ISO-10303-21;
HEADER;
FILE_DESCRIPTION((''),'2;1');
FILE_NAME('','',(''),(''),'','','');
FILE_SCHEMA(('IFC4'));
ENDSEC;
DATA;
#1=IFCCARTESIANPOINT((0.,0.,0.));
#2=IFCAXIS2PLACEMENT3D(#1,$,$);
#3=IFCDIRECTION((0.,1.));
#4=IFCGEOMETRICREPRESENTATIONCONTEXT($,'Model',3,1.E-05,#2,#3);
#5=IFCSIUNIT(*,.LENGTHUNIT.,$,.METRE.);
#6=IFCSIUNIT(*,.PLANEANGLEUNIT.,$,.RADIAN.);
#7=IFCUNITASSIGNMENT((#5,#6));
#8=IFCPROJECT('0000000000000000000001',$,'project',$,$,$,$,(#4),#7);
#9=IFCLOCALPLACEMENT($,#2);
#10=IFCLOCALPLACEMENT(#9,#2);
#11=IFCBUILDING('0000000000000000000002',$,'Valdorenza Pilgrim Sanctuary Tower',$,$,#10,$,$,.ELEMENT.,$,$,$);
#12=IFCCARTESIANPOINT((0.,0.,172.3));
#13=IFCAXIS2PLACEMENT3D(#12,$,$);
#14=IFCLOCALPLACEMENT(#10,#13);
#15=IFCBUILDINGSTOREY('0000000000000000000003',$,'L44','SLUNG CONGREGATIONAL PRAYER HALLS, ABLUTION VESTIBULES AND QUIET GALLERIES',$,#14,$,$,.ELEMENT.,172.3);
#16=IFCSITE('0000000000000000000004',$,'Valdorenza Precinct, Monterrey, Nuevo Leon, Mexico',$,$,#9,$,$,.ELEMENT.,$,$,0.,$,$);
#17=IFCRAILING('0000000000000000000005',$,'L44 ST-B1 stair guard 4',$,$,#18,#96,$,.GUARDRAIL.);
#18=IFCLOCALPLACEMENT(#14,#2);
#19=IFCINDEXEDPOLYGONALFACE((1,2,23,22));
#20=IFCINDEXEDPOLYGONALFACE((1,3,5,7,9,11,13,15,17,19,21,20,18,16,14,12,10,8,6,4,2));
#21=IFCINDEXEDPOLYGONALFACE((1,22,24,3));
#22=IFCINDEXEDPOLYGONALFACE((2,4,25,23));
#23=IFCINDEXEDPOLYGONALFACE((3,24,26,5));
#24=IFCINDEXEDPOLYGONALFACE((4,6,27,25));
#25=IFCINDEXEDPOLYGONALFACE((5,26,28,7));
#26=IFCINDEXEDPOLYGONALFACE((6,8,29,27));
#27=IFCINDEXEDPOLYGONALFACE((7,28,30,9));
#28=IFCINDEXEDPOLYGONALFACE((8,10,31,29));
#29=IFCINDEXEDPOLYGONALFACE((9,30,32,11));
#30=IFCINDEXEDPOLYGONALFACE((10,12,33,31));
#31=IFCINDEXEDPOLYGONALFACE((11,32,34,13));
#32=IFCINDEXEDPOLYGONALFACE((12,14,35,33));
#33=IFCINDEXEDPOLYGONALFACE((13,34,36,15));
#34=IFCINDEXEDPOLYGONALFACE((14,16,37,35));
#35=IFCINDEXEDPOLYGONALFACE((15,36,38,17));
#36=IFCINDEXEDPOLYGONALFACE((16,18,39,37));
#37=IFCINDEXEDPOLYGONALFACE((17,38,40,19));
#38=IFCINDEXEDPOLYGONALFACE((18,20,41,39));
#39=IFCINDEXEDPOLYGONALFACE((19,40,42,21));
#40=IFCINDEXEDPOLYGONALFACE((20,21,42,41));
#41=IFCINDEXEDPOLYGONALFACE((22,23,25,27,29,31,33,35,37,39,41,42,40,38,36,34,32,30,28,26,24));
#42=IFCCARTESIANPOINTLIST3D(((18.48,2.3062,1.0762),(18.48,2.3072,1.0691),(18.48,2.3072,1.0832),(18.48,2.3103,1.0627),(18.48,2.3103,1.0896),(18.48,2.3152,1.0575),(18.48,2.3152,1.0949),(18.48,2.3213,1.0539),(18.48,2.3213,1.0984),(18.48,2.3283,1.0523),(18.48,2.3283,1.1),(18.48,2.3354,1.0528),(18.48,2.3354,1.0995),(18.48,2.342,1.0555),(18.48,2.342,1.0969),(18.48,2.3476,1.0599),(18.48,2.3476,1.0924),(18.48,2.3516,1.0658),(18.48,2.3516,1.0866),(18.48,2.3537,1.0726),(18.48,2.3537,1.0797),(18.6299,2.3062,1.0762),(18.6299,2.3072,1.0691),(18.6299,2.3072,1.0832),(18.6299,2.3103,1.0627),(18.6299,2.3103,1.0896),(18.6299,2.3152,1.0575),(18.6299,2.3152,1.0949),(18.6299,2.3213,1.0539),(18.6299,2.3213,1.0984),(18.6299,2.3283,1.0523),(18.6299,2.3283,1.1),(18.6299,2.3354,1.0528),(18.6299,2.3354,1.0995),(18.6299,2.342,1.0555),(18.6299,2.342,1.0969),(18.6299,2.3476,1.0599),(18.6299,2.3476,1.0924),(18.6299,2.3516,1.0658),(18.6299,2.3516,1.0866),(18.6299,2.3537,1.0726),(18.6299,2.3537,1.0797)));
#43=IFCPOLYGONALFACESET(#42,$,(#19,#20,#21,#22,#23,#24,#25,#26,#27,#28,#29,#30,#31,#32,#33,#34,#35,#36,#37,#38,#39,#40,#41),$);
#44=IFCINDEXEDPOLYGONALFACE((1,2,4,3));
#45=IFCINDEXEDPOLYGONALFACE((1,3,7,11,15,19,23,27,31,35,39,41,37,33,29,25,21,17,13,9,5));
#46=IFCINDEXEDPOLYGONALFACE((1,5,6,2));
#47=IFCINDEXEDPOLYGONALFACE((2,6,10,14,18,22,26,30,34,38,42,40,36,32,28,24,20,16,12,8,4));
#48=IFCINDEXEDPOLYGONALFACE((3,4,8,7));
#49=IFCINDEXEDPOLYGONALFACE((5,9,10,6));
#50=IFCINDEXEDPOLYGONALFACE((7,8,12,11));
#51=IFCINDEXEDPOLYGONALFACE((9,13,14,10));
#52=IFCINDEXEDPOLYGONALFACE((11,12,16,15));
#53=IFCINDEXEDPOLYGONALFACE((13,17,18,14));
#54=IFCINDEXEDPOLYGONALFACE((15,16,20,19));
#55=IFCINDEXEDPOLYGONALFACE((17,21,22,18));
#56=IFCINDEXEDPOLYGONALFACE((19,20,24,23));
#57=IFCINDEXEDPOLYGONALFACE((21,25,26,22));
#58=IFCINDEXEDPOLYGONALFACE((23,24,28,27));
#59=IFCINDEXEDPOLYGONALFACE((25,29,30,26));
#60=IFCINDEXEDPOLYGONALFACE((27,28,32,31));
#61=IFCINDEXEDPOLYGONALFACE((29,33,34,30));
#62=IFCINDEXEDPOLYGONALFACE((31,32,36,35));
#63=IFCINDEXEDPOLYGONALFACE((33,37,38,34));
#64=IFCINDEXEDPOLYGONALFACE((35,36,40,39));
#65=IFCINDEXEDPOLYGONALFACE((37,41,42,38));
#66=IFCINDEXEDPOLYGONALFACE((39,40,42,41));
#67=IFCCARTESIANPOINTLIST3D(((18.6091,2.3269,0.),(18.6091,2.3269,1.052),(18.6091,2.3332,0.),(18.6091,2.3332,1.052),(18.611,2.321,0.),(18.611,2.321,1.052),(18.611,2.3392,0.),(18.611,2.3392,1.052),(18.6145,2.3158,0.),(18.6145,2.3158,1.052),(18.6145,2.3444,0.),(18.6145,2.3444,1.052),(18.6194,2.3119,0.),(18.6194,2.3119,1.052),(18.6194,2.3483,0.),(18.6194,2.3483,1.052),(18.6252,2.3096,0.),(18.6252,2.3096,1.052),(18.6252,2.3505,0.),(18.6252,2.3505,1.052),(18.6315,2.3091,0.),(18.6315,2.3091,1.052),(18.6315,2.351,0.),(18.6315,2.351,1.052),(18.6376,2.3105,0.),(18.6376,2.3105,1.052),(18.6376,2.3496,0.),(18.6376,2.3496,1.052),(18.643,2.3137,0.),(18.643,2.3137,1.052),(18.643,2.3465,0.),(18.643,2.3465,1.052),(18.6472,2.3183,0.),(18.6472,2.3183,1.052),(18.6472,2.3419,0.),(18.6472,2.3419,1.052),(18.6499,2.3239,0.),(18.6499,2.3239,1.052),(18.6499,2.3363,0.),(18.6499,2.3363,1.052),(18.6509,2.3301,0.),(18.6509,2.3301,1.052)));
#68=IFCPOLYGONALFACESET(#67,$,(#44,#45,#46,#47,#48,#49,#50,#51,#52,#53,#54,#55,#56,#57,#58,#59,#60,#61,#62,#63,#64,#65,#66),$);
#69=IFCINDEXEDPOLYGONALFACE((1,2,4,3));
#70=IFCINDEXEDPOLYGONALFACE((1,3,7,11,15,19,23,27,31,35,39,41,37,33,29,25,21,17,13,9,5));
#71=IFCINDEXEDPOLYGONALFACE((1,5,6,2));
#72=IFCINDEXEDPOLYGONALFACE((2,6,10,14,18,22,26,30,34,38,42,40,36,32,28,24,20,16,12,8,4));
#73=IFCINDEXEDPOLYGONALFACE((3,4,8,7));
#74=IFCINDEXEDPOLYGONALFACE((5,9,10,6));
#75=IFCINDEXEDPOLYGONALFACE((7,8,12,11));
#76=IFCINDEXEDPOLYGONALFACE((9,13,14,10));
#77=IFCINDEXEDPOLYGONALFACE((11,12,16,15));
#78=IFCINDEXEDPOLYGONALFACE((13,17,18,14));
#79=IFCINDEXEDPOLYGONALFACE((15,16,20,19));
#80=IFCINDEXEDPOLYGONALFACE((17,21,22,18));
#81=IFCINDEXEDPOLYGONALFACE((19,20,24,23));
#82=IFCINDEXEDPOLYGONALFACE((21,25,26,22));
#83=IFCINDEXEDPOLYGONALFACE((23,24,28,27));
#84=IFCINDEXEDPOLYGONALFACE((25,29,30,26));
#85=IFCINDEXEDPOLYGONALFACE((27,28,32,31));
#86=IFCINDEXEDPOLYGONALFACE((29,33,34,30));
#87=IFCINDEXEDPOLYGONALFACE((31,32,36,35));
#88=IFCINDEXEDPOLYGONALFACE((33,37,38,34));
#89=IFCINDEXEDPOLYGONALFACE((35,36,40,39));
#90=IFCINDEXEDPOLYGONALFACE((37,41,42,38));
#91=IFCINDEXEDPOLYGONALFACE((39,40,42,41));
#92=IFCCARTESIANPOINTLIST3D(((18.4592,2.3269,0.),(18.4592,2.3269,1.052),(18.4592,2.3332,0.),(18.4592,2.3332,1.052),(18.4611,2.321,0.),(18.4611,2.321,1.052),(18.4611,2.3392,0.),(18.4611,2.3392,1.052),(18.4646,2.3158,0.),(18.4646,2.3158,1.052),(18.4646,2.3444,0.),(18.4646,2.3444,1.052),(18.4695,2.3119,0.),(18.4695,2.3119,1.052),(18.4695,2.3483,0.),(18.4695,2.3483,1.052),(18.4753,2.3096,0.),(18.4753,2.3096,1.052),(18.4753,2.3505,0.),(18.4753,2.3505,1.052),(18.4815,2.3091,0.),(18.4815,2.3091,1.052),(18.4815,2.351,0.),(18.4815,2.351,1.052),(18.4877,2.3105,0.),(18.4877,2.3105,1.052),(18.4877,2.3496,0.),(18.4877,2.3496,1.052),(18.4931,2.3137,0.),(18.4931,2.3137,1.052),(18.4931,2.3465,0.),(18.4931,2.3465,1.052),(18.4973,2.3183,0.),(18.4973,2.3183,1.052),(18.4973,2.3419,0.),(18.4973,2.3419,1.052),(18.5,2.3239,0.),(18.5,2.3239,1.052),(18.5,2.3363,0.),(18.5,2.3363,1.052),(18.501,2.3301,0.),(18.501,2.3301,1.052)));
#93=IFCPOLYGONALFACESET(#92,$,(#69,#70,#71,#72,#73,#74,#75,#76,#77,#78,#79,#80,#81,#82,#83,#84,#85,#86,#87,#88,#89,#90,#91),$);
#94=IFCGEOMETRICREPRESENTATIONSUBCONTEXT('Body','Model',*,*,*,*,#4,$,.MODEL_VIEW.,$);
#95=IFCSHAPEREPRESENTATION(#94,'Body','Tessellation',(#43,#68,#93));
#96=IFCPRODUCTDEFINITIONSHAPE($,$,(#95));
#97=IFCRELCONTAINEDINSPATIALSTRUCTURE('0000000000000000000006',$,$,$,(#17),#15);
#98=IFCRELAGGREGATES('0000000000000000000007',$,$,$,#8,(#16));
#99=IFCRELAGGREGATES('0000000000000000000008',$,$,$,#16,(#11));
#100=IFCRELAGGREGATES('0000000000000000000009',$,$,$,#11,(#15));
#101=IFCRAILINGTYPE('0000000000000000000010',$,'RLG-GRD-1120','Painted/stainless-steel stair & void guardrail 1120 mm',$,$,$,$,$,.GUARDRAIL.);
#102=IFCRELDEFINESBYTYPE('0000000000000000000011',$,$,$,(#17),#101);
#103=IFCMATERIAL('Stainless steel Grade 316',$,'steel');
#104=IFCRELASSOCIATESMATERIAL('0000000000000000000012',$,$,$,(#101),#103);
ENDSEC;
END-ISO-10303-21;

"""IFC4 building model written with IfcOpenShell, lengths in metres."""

from ifc_helpers import new_model, si_unit, direction, frame, origin, origin_2d, place, context, subcontext, project, spatial, circle, extrude, material, type_object, element, save


model = new_model("IFC4")

# Units and contexts
model_context = context("Model", 3, precision=1e-05, world=origin(), true_north=direction((0.0, 1.0)))
body_context = subcontext(model_context, "Body", "Model", "MODEL_VIEW")
ifc_project = project(units=[si_unit("LENGTHUNIT", "METRE"), si_unit("PLANEANGLEUNIT", "RADIAN")], contexts=[model_context])

# Site, building, storey
site_placement = place(None, origin())
site = spatial("IfcSite", under=ifc_project, at=site_placement, Name="Valdorenza Precinct, Monterrey, Nuevo Leon, Mexico", CompositionType="ELEMENT", RefElevation=0.0)
building_placement = place(site_placement, origin())
building = spatial("IfcBuilding", under=site, at=building_placement, Name="Valdorenza Pilgrim Sanctuary Tower", CompositionType="ELEMENT")
storey_placement = place(building_placement, frame((0.0, 0.0, 172.3)))
storey = spatial("IfcBuildingStorey", under=building, at=storey_placement, Name="L44", Description="SLUNG CONGREGATIONAL PRAYER HALLS, ABLUTION VESTIBULES AND QUIET GALLERIES", CompositionType="ELEMENT", Elevation=172.3)

# Railing
ifc_material_1 = material(Name="Stainless steel Grade 316", Category="steel")
railing_type_1 = type_object("IfcRailingType", Name="RLG-GRD-1120", Description="Painted/stainless-steel stair & void guardrail 1120 mm", PredefinedType="GUARDRAIL", material=ifc_material_1)
railing_1_placement = place(storey_placement, frame((18.6299, 2.3301, 0.0)))
element("IfcRailing", 1, at=railing_1_placement, inside=storey, type_object=railing_type_1, Name="L44 ST-B1 stair guard 4", PredefinedType="GUARDRAIL", context=body_context, shape_type="SweptSolid", body=[
    extrude(circle(Radius=0.0239, at=origin_2d()), frame((0.0, 0.0, 1.0762), z_axis=(-1.0, 0.0, 0.0), x_axis=(0.0, -1.0, 0.0)), (0.0, 0.0, 1.0), 0.1499),
    extrude(circle(Radius=0.021, at=origin_2d()), origin(), (0.0, 0.0, 1.0), 1.052),
    extrude(circle(Radius=0.021, at=origin_2d()), frame((-0.1499, 0.0, 0.0)), (0.0, 0.0, 1.0), 1.052),
])

save(model, "model.ifc")
